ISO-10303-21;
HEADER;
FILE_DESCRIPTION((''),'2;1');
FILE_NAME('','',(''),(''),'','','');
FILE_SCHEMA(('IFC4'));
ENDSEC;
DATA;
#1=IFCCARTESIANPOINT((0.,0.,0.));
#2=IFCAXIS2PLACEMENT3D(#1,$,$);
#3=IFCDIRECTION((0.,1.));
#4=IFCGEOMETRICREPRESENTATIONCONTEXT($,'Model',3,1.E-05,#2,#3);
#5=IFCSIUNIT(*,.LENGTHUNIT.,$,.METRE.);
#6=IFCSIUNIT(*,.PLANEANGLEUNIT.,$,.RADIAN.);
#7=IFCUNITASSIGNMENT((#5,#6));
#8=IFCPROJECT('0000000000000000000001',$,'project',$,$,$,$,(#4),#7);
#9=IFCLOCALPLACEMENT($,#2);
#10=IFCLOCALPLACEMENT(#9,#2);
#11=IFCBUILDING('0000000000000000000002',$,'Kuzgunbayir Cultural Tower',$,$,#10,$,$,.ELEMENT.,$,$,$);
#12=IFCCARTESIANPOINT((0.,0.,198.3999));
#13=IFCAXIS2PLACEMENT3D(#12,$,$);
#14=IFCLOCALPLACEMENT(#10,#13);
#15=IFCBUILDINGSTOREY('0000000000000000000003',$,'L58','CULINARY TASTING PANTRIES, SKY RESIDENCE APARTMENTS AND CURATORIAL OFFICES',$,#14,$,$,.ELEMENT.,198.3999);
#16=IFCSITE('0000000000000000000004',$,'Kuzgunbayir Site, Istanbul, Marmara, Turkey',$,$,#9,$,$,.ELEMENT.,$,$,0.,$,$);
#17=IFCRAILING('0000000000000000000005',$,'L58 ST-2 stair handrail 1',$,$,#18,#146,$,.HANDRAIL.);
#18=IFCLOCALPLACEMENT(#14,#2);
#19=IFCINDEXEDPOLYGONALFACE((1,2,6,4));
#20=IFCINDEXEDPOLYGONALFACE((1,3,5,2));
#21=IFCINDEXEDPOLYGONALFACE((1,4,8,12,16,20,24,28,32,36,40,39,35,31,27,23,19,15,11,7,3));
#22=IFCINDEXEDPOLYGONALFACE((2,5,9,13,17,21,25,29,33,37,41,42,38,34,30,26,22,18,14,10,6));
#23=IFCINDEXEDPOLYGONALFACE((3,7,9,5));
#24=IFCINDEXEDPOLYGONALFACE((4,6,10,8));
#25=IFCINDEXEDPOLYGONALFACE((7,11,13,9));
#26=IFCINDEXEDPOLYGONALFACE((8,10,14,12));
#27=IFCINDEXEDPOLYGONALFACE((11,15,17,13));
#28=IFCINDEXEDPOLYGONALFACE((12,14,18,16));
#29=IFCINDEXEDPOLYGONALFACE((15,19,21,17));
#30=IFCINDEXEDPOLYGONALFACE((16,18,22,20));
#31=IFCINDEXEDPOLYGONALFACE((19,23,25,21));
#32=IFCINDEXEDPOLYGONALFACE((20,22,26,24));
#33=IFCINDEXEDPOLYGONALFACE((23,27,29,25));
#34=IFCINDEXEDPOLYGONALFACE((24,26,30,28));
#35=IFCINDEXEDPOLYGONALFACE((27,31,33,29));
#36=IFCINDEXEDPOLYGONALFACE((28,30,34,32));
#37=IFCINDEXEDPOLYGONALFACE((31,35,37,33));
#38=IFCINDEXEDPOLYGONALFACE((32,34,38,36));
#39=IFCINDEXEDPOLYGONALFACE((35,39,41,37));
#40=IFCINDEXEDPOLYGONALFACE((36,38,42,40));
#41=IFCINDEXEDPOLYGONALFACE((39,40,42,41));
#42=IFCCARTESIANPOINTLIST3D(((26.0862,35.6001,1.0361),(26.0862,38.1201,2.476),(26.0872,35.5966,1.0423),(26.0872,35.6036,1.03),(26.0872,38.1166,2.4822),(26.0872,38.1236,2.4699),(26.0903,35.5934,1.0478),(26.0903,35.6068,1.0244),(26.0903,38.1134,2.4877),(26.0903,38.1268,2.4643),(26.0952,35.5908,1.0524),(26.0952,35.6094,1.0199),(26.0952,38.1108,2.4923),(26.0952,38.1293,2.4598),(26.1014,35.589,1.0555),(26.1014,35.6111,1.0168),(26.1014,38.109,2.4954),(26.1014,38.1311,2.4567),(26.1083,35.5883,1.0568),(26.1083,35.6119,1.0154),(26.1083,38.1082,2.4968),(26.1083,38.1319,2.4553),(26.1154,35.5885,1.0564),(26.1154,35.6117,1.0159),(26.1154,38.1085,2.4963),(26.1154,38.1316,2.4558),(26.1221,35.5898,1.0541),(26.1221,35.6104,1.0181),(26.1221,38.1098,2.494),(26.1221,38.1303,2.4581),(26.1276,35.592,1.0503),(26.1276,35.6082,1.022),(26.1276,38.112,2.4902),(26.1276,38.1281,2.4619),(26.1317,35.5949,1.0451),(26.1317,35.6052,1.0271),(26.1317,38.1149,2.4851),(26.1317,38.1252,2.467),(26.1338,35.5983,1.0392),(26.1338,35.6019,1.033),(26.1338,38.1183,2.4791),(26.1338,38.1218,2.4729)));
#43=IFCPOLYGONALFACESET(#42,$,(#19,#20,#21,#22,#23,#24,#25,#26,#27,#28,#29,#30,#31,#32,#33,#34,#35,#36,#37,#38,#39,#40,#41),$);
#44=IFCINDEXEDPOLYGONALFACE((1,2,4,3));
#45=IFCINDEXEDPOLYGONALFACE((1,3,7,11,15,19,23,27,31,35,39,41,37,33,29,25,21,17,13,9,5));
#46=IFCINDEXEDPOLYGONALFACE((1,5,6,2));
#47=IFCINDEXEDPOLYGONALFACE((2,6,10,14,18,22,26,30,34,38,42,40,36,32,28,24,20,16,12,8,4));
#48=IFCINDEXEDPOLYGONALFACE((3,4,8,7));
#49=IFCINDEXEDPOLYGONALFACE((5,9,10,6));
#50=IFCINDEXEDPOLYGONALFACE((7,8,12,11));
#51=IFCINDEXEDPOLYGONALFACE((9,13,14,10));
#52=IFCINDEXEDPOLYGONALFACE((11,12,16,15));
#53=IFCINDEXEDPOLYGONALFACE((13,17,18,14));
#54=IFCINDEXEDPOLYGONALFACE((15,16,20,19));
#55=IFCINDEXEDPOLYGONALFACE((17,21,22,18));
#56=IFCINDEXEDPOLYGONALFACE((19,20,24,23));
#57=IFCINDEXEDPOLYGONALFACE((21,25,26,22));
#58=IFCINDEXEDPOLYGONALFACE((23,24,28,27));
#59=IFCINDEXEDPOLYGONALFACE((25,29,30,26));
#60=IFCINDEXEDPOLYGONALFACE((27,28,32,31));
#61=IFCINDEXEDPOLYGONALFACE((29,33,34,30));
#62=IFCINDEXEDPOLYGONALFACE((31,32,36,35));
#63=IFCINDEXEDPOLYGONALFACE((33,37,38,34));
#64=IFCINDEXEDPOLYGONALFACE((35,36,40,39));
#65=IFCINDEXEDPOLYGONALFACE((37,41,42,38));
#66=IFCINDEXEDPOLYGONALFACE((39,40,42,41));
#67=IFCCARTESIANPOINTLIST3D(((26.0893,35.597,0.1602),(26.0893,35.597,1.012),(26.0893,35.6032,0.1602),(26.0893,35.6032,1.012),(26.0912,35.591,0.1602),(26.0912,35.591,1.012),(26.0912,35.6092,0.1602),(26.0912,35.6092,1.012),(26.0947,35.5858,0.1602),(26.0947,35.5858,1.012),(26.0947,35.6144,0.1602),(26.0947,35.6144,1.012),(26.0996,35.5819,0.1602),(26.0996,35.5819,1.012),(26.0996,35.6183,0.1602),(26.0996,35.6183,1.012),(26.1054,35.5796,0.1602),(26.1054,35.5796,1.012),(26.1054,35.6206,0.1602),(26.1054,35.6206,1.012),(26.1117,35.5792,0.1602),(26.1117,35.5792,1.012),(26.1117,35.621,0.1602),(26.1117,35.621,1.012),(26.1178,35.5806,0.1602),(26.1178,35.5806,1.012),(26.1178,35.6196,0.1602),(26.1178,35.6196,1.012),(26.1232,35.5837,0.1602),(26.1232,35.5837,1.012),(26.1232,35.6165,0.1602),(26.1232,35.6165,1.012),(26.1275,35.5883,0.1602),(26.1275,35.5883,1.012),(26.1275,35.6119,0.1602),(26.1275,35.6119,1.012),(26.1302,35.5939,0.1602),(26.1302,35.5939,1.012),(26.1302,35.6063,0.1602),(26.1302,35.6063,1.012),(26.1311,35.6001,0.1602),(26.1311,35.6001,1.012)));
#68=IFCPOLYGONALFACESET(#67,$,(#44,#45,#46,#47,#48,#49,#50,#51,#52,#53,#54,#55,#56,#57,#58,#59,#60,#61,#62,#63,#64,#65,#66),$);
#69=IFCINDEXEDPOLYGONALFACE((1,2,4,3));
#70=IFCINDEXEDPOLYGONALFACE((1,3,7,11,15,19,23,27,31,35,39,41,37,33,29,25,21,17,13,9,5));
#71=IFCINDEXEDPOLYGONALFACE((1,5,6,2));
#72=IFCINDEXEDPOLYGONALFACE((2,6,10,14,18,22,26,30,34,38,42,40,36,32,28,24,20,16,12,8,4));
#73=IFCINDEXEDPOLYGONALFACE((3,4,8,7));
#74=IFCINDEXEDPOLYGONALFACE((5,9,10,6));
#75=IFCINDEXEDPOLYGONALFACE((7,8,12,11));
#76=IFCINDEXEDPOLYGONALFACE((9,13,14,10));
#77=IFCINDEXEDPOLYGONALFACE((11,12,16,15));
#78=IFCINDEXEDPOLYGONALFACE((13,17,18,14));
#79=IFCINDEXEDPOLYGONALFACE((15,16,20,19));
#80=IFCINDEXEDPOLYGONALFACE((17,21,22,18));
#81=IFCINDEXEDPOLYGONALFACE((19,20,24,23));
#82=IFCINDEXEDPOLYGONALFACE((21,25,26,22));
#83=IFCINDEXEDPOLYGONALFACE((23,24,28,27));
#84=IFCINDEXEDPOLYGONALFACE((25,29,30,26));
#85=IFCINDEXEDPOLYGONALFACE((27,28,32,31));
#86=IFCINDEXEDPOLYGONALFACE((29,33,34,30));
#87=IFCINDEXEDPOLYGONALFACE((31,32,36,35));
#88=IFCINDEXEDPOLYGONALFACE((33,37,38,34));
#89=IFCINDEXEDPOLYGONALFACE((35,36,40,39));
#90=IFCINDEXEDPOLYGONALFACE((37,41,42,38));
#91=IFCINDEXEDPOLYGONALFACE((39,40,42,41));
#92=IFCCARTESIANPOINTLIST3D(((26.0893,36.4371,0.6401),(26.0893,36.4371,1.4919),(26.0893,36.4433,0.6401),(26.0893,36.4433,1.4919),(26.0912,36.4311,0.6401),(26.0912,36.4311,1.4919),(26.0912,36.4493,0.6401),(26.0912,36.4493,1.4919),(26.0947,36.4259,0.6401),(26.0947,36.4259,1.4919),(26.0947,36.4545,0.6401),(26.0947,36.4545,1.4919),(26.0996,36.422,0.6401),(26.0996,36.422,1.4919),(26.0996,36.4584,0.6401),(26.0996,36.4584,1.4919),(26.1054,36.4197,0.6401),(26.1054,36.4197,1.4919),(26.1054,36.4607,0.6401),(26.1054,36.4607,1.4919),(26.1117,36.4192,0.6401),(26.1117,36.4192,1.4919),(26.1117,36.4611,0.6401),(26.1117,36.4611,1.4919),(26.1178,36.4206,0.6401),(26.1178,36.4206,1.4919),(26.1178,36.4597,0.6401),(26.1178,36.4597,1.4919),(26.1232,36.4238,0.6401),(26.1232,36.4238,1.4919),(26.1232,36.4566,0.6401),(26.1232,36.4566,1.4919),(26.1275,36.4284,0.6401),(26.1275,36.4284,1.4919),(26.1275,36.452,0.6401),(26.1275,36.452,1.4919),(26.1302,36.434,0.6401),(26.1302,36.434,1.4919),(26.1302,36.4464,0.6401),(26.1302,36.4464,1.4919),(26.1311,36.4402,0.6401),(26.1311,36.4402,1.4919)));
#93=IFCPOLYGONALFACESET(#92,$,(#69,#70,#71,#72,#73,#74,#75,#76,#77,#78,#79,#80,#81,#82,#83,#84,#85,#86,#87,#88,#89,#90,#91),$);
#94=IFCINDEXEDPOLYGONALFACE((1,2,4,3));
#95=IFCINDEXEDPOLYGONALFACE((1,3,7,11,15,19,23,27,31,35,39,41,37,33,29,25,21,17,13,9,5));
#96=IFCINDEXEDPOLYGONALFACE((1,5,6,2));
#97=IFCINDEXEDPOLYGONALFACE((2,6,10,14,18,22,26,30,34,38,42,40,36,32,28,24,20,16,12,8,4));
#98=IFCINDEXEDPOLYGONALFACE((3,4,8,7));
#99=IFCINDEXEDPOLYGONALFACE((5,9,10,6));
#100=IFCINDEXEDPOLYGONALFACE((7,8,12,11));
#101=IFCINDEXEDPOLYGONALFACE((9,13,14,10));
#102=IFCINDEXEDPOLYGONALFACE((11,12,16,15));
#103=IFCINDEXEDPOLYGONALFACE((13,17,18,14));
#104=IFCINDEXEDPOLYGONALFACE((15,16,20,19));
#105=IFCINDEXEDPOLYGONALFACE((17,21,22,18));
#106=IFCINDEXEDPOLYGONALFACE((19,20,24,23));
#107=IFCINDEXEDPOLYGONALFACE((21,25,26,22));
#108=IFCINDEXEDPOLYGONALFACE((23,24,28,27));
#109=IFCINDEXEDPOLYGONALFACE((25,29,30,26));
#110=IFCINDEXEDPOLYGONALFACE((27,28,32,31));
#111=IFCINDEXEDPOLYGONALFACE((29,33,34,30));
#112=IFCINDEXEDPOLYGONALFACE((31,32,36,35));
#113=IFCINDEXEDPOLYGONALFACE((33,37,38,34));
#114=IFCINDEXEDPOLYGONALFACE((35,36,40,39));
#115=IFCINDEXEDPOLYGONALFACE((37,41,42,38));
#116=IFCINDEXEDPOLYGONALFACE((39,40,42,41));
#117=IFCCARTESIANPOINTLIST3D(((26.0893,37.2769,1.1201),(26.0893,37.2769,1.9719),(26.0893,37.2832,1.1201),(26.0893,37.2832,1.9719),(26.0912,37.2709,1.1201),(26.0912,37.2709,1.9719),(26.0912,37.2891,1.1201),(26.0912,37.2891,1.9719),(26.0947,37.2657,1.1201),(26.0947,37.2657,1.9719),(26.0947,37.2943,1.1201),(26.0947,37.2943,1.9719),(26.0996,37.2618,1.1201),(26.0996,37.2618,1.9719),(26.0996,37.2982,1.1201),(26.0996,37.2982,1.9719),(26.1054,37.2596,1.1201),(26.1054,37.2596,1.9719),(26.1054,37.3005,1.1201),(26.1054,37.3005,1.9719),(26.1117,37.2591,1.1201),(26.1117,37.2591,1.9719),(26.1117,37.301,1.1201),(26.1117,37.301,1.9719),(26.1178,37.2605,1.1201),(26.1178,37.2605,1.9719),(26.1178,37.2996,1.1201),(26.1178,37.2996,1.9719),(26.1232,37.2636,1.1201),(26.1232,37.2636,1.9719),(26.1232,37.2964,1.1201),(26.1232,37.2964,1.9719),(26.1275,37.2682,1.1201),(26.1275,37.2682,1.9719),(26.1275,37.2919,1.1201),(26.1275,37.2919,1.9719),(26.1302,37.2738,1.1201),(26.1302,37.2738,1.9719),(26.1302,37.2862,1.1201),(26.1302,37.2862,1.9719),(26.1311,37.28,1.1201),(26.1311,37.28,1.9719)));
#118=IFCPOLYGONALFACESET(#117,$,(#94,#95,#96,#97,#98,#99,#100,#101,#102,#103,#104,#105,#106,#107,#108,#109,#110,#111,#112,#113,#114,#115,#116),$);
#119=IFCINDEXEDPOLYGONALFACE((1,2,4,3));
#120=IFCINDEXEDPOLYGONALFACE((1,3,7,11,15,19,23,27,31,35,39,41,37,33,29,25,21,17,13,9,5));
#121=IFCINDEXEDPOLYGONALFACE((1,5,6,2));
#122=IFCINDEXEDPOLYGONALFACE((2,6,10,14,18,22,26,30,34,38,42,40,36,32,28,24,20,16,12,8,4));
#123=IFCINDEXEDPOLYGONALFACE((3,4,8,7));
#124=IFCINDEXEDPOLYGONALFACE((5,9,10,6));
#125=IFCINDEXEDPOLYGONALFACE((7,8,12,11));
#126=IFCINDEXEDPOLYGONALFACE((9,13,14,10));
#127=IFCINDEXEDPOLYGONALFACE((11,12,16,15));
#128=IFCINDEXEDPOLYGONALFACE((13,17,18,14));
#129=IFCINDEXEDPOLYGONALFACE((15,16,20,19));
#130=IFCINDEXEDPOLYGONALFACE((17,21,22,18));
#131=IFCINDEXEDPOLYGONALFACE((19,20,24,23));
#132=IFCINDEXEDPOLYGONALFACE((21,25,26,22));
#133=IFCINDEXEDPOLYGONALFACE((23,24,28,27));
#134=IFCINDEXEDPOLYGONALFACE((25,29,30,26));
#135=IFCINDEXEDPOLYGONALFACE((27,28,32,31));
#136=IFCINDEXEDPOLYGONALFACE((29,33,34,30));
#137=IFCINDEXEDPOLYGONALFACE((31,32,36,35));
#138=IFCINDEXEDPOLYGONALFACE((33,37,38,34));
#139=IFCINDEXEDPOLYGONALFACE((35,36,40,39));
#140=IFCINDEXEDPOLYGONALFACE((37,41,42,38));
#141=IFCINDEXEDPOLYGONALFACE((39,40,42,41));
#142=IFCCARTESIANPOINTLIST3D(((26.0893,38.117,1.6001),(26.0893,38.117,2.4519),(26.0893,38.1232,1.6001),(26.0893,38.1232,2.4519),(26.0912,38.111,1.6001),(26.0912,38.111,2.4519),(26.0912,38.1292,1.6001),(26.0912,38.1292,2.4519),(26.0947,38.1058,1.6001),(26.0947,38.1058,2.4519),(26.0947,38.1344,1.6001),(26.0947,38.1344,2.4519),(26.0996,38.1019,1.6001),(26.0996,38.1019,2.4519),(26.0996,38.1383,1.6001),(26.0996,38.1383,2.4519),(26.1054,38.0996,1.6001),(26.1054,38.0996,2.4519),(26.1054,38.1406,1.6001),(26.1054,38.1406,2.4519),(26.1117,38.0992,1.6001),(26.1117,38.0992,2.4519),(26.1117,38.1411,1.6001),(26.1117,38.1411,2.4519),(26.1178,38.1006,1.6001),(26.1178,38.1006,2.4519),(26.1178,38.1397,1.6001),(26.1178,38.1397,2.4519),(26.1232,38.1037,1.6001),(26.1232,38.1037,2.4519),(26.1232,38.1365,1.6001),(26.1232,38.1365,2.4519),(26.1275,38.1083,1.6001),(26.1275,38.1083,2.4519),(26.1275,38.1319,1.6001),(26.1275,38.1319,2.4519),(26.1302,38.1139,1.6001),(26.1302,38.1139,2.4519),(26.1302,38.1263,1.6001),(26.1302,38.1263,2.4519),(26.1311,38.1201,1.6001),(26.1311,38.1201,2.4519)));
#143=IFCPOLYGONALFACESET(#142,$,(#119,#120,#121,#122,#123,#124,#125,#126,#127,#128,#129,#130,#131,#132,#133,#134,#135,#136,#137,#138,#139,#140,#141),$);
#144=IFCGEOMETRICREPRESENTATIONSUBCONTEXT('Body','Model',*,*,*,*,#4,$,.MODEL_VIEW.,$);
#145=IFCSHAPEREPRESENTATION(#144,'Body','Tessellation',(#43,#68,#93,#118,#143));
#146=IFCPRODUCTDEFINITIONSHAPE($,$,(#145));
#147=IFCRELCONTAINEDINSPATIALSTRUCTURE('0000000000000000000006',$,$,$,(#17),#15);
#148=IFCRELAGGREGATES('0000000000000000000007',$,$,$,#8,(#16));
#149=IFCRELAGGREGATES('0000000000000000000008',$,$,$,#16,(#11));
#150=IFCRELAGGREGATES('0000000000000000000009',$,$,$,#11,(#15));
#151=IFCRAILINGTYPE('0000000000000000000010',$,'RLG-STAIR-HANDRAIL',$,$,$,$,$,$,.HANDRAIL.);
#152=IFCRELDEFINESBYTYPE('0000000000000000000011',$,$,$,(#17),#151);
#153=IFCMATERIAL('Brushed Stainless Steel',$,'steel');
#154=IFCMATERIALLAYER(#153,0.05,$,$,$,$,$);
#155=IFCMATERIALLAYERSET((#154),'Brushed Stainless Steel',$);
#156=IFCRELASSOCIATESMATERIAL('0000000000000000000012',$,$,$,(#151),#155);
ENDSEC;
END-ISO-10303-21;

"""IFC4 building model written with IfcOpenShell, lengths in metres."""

from ifc_helpers import new_model, si_unit, direction, frame, origin, origin_2d, place, context, subcontext, project, spatial, circle, extrude, material, layer, layer_set, type_object, element, save


model = new_model("IFC4")

# Units and contexts
model_context = context("Model", 3, precision=1e-05, world=origin(), true_north=direction((0.0, 1.0)))
body_context = subcontext(model_context, "Body", "Model", "MODEL_VIEW")
ifc_project = project(units=[si_unit("LENGTHUNIT", "METRE"), si_unit("PLANEANGLEUNIT", "RADIAN")], contexts=[model_context])

# Site, building, storey
site_placement = place(None, origin())
site = spatial("IfcSite", under=ifc_project, at=site_placement, Name="Kuzgunbayir Site, Istanbul, Marmara, Turkey", CompositionType="ELEMENT", RefElevation=0.0)
building_placement = place(site_placement, origin())
building = spatial("IfcBuilding", under=site, at=building_placement, Name="Kuzgunbayir Cultural Tower", CompositionType="ELEMENT")
storey_placement = place(building_placement, frame((0.0, 0.0, 198.3999)))
storey = spatial("IfcBuildingStorey", under=building, at=storey_placement, Name="L58", Description="CULINARY TASTING PANTRIES, SKY RESIDENCE APARTMENTS AND CURATORIAL OFFICES", CompositionType="ELEMENT", Elevation=198.3999)

# Shared definitions
ifc_material_1 = material(Name="Brushed Stainless Steel", Category="steel")

# Railing
ifc_layer_1 = layer(ifc_material_1, 0.05)
ifc_layer_set_1 = layer_set([ifc_layer_1], Name="Brushed Stainless Steel")
railing_type_1 = type_object("IfcRailingType", Name="RLG-STAIR-HANDRAIL", PredefinedType="HANDRAIL", material=ifc_layer_set_1)
railing_1_placement = place(storey_placement, frame((26.1101, 35.6001, 0.1602)))
element("IfcRailing", 1, at=railing_1_placement, inside=storey, type_object=railing_type_1, Name="L58 ST-2 stair handrail 1", PredefinedType="HANDRAIL", context=body_context, shape_type="SweptSolid", body=[
    extrude(circle(Radius=0.0239, at=origin_2d()), frame((0.0, 0.0, 0.876), z_axis=(0.0, 0.868253, 0.496121), x_axis=(-1.0, 0.0, 0.0)), (0.0, 0.0, 1.0), 2.9023),
    extrude(circle(Radius=0.021, at=origin_2d()), origin(), (0.0, 0.0, 1.0), 0.8518),
    extrude(circle(Radius=0.021, at=origin_2d()), frame((0.0, 0.8401, 0.48)), (0.0, 0.0, 1.0), 0.8518),
    extrude(circle(Radius=0.021, at=origin_2d()), frame((0.0, 1.6799, 0.96)), (0.0, 0.0, 1.0), 0.8518),
    extrude(circle(Radius=0.021, at=origin_2d()), frame((0.0, 2.52, 1.4399)), (0.0, 0.0, 1.0), 0.8518),
])

save(model, "model.ifc")
